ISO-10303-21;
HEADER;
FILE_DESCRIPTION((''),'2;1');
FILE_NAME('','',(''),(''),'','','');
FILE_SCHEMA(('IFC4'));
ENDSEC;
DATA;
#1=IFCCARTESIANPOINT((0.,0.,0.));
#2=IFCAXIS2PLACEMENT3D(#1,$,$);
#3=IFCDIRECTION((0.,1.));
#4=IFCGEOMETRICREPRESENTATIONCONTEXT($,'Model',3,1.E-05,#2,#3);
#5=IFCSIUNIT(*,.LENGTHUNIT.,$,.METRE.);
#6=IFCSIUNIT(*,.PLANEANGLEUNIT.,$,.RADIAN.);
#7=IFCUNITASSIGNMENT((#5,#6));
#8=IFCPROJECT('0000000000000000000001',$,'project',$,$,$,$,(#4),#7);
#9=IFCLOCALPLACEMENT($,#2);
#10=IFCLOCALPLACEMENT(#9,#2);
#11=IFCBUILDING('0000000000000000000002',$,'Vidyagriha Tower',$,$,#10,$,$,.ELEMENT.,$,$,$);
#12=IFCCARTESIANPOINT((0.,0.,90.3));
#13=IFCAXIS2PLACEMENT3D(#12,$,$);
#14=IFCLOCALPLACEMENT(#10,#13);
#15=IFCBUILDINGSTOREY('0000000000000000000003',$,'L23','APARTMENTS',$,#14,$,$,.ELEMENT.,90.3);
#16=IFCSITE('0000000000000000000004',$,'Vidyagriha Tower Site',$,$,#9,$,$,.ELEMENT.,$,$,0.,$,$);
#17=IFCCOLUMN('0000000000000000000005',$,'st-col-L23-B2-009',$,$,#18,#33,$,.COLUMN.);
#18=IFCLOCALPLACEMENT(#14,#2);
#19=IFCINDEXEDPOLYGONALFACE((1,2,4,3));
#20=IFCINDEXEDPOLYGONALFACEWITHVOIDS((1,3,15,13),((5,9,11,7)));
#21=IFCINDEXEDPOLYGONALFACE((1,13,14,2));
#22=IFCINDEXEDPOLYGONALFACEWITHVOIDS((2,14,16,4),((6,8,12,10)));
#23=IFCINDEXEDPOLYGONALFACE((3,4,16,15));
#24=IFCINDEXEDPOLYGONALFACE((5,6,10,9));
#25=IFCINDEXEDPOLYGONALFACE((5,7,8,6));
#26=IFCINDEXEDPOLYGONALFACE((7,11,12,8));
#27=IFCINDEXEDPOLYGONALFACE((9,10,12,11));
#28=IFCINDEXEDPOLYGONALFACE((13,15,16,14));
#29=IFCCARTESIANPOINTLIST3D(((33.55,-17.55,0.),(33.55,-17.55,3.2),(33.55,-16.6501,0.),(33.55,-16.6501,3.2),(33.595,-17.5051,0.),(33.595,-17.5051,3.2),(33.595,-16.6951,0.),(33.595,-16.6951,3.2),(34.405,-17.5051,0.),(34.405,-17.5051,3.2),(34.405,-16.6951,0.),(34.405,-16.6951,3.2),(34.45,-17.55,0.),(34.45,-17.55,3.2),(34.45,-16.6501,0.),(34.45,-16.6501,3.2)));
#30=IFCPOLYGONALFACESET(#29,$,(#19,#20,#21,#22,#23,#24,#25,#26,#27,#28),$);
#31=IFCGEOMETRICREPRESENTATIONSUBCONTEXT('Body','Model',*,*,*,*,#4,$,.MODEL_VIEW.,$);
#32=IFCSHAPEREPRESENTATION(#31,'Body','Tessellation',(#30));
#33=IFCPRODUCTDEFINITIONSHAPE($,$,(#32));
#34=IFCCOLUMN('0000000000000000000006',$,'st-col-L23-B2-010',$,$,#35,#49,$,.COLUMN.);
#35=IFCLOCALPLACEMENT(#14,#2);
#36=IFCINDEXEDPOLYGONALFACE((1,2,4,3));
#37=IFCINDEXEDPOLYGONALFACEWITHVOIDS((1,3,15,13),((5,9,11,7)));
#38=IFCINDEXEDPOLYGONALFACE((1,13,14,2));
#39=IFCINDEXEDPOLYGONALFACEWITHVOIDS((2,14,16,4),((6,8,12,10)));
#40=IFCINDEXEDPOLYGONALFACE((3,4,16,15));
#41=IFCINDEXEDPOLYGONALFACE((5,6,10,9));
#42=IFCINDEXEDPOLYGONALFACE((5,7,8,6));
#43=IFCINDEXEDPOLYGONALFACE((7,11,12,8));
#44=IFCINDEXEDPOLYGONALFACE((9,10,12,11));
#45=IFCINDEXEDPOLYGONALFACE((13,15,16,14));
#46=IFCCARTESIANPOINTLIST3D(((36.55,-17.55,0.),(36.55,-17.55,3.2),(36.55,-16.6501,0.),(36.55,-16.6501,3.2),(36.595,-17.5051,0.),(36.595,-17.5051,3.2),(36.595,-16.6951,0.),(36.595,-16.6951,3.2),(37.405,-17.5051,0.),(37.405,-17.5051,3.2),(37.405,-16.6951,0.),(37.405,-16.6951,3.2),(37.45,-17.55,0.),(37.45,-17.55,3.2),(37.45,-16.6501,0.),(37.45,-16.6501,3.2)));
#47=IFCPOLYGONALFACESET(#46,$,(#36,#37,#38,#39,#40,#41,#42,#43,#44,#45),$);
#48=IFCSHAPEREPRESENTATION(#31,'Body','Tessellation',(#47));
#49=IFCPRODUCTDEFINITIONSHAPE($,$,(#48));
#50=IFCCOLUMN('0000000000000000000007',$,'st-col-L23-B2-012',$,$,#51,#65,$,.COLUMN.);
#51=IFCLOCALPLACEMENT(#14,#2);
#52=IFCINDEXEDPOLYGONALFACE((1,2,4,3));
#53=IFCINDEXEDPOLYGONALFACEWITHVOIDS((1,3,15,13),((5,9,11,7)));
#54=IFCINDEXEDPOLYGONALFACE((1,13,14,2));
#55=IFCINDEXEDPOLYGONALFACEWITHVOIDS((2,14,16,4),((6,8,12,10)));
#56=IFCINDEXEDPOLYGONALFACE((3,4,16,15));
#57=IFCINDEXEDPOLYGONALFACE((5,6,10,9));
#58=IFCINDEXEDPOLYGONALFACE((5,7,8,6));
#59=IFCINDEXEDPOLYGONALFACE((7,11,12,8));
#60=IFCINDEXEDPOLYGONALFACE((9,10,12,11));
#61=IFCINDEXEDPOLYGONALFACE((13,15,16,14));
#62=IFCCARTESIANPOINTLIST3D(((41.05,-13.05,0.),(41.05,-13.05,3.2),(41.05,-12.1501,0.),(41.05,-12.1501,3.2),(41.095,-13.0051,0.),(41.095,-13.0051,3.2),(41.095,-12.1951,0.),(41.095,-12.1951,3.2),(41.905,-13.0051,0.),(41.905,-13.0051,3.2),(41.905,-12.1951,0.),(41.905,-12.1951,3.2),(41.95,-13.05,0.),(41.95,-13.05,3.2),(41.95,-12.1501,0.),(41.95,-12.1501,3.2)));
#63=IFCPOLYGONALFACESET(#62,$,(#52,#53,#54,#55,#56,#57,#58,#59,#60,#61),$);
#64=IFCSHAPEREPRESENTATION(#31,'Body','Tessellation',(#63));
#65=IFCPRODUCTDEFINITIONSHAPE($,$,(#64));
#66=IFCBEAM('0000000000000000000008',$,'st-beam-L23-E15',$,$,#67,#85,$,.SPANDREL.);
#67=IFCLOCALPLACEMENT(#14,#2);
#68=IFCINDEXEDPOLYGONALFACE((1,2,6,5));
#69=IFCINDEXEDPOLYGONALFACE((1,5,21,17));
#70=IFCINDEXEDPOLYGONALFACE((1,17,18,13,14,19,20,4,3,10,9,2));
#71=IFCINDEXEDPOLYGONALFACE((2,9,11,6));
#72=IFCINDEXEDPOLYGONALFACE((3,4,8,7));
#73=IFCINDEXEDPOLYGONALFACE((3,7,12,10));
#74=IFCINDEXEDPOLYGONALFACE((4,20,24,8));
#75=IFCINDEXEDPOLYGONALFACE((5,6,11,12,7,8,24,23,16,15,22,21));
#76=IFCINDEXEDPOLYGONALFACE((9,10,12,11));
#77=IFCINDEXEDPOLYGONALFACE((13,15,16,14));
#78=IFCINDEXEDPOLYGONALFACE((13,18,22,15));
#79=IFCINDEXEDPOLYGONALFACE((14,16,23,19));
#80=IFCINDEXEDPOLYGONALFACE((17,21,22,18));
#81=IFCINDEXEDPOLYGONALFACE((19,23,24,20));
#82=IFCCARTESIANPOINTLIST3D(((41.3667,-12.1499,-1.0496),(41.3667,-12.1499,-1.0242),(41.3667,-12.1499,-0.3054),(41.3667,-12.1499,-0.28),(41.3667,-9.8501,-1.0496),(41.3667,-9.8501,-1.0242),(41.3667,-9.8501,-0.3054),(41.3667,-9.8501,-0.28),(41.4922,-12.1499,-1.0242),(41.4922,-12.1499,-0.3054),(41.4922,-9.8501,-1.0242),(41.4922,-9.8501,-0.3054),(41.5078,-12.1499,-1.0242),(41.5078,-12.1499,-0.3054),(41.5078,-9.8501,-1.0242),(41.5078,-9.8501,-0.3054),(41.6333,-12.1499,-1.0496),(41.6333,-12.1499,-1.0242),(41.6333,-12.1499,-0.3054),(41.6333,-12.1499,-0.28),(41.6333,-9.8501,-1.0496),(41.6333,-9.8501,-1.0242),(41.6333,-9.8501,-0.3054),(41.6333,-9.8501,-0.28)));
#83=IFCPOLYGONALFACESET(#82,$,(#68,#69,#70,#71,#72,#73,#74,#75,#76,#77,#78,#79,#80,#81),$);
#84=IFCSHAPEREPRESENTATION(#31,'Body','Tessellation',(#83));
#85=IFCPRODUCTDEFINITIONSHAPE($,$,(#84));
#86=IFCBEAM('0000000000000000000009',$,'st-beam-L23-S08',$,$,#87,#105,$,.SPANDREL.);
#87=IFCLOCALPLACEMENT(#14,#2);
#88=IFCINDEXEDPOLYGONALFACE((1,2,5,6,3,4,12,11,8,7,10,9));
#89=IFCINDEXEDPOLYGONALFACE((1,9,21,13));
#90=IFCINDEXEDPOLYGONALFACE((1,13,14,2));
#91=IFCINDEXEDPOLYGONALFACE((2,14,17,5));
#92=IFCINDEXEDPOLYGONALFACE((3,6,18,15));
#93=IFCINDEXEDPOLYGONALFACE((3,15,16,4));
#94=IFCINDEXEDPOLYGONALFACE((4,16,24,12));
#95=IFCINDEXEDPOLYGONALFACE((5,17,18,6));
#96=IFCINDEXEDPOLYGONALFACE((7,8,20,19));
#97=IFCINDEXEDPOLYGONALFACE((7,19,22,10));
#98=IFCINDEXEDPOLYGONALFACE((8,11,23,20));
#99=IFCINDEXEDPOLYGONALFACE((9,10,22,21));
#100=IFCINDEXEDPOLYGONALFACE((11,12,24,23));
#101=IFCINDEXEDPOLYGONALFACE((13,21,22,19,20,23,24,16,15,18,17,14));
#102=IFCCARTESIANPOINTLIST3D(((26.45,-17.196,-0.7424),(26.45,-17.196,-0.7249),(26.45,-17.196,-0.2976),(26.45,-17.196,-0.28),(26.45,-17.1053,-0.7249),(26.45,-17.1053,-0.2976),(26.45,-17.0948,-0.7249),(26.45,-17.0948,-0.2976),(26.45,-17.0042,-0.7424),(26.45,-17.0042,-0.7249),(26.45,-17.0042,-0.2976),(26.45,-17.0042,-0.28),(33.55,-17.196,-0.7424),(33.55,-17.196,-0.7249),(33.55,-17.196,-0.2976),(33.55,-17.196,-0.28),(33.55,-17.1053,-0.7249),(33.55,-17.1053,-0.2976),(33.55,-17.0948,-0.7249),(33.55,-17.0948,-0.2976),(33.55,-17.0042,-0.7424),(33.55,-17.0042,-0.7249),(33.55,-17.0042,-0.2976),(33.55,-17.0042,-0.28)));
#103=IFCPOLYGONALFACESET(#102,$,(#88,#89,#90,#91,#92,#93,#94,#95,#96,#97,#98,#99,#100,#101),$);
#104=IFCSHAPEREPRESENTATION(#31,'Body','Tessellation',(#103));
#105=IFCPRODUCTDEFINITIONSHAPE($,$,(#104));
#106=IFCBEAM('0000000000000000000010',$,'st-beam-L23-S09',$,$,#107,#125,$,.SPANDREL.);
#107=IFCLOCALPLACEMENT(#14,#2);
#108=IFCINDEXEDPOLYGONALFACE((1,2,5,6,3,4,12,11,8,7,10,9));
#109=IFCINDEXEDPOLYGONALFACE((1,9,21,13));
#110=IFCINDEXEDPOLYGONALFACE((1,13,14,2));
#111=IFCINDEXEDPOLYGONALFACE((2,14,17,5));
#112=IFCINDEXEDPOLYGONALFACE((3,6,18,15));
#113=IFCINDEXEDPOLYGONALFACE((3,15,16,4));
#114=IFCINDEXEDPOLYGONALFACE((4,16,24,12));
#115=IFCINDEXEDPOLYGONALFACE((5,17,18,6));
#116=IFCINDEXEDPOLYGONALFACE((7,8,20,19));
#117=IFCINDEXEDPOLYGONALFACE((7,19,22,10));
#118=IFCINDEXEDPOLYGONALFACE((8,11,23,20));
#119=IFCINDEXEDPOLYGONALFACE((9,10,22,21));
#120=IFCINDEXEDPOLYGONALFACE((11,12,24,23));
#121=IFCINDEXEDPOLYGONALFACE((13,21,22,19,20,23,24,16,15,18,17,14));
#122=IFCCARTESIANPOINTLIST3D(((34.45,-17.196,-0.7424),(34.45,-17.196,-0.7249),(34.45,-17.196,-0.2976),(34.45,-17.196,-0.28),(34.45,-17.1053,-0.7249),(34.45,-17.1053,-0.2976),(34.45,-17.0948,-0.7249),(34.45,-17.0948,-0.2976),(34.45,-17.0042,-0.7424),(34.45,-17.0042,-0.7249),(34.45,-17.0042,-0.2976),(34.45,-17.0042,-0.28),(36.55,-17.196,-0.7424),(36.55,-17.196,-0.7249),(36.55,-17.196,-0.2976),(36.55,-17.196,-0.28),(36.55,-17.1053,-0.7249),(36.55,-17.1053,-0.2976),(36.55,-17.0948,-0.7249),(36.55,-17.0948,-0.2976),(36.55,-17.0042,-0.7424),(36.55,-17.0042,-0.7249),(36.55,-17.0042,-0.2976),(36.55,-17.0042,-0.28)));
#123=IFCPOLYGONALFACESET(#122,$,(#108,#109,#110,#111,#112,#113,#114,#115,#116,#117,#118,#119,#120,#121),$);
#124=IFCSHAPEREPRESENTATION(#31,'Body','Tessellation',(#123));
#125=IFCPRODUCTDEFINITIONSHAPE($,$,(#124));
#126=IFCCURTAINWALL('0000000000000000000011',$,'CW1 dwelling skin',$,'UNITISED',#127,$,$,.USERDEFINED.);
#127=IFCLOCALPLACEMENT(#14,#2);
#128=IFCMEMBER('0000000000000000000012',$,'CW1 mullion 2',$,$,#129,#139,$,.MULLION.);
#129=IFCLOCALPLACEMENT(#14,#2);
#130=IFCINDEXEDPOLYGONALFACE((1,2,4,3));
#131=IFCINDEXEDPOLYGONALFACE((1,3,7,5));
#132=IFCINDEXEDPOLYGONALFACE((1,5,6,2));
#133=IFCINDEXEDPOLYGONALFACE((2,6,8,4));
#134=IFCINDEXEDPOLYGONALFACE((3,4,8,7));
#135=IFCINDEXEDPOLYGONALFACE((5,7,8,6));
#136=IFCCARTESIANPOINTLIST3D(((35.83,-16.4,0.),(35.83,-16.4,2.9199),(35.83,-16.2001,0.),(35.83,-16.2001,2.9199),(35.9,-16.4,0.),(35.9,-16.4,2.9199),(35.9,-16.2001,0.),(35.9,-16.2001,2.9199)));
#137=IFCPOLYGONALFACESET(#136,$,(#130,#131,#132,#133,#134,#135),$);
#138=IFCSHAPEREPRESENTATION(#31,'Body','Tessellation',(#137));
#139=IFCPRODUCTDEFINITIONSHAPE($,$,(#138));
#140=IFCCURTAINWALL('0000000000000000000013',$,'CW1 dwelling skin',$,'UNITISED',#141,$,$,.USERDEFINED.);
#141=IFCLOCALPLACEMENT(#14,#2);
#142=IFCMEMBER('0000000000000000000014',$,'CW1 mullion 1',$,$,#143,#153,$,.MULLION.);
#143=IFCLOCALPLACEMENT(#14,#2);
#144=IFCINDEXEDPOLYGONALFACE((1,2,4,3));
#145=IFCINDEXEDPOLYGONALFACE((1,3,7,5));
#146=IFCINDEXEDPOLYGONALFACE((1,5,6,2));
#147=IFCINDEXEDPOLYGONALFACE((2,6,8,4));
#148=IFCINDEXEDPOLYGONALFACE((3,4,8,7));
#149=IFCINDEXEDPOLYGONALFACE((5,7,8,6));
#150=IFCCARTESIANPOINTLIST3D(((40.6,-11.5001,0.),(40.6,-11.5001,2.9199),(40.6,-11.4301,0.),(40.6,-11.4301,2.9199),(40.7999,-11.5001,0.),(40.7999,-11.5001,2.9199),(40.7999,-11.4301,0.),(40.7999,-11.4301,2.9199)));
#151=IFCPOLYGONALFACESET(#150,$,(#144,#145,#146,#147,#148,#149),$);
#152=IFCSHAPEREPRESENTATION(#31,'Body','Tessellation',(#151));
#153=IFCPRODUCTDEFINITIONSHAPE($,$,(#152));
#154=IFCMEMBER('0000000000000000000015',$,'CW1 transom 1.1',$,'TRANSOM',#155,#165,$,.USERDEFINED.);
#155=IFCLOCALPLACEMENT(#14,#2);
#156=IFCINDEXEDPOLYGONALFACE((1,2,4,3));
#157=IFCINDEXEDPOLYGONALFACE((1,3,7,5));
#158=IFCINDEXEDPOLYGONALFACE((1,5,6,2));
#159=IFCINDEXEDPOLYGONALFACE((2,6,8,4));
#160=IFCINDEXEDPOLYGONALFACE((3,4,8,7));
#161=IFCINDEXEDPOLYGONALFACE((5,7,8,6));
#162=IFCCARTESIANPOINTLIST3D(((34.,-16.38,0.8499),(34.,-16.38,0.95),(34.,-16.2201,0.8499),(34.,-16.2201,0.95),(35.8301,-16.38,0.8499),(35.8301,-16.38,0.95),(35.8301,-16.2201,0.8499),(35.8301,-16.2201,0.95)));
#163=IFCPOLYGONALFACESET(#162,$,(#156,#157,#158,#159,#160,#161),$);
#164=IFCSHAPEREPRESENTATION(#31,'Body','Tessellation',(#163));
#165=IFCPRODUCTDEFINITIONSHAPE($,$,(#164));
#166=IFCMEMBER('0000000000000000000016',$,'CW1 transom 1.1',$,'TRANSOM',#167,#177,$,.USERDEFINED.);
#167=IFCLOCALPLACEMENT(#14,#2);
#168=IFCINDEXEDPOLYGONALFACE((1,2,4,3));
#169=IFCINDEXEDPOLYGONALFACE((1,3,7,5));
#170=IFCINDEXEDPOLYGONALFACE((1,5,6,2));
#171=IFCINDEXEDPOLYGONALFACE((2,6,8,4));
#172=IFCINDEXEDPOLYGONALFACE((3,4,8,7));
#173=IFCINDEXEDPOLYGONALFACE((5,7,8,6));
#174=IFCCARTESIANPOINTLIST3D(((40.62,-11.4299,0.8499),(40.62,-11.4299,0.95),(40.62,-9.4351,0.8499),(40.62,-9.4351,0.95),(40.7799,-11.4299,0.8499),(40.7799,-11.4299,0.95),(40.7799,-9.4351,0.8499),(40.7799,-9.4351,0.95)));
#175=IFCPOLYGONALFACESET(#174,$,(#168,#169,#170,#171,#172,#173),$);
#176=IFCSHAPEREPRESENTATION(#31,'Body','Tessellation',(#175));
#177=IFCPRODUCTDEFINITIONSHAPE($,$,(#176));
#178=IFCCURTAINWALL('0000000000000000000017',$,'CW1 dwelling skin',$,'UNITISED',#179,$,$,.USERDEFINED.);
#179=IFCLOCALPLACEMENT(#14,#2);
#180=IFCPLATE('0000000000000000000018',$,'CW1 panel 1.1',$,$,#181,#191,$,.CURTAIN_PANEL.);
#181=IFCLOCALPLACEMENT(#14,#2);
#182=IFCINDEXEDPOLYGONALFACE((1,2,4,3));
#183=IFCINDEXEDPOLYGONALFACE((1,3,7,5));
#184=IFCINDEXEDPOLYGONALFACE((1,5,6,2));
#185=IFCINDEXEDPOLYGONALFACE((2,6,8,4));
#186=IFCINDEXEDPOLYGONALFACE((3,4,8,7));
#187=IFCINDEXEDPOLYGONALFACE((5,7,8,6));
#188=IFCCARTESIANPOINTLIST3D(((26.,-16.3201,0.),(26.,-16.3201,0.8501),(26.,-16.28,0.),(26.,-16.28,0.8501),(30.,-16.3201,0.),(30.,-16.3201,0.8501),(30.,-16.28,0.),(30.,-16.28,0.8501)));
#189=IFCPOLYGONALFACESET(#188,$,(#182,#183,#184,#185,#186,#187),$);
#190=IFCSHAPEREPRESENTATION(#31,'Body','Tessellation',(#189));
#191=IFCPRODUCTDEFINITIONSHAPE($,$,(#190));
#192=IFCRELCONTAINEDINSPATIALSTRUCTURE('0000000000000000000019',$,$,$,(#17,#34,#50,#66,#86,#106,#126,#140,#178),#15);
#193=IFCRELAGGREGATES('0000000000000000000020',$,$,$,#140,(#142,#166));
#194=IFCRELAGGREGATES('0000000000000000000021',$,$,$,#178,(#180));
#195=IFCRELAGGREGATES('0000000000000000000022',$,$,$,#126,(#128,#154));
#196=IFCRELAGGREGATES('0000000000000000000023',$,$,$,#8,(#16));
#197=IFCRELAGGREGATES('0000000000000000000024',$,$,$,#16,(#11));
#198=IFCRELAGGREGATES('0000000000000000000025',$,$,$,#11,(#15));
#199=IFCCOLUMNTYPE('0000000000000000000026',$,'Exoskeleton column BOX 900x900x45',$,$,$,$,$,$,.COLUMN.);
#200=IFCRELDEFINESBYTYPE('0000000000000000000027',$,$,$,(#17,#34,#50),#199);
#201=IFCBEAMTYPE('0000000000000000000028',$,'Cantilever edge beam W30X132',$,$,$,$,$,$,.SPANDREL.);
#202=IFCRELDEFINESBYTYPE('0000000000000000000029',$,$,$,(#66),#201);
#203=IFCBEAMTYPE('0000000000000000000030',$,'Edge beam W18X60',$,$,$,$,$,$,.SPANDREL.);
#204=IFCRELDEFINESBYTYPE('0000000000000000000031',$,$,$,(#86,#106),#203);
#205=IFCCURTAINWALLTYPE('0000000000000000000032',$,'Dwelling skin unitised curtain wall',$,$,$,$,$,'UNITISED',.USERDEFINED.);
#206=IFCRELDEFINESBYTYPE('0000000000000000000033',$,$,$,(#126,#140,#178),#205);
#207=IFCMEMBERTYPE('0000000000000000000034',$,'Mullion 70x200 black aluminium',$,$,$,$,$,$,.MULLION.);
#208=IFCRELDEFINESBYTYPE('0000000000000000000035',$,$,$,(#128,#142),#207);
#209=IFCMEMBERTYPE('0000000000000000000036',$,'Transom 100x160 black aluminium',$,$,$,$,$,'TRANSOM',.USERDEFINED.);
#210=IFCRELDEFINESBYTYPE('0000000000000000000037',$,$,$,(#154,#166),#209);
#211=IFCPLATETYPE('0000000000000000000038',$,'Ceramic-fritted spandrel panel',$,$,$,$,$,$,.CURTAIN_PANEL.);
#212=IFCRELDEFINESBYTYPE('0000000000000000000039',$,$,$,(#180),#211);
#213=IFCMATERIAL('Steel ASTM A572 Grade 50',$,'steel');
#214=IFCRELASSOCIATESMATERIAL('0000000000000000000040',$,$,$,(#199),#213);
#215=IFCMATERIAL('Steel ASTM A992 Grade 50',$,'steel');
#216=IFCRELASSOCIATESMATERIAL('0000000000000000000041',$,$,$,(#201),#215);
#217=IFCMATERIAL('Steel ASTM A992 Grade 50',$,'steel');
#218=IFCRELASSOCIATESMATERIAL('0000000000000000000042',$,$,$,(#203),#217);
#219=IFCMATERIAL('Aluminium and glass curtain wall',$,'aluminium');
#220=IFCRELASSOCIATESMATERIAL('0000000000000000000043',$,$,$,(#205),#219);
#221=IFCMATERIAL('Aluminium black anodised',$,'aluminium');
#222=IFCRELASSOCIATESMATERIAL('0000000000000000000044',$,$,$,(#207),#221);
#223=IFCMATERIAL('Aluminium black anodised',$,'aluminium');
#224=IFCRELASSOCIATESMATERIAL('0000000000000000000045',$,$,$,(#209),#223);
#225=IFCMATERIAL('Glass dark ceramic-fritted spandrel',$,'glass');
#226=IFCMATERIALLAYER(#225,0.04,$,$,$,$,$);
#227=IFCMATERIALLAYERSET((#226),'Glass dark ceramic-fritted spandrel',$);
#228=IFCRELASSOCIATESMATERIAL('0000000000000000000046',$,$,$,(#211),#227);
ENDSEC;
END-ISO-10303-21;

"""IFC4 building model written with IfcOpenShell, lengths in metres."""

from ifc_helpers import new_model, si_unit, direction, frame, origin, origin_2d, place, context, subcontext, project, spatial, rectangle, hollow_rectangle, i_section, extrude, material, layer, layer_set, material_profile, profile_set, type_object, element, aggregate, save


model = new_model("IFC4")

# Units and contexts
model_context = context("Model", 3, precision=1e-05, world=origin(), true_north=direction((0.0, 1.0)))
body_context = subcontext(model_context, "Body", "Model", "MODEL_VIEW")
ifc_project = project(units=[si_unit("LENGTHUNIT", "METRE"), si_unit("PLANEANGLEUNIT", "RADIAN")], contexts=[model_context])

# Site, building, storey
site_placement = place(None, origin())
site = spatial("IfcSite", under=ifc_project, at=site_placement, Name="Vidyagriha Tower Site", CompositionType="ELEMENT", RefElevation=0.0)
building_placement = place(site_placement, origin())
building = spatial("IfcBuilding", under=site, at=building_placement, Name="Vidyagriha Tower", CompositionType="ELEMENT")
storey_placement = place(building_placement, frame((0.0, 0.0, 90.3)))
storey = spatial("IfcBuildingStorey", under=building, at=storey_placement, Name="L23", Description="APARTMENTS", CompositionType="ELEMENT", Elevation=90.3)

# Columns
ifc_material_1 = material(Name="Steel ASTM A572 Grade 50", Category="steel")
ifc_material_profile_1 = material_profile(ifc_material_1, hollow_rectangle(XDim=0.8999, YDim=0.8999, WallThickness=0.0449, at=origin_2d()), Name="BOX 900x900x45")
ifc_profile_set_1 = profile_set([ifc_material_profile_1], Name="Steel ASTM A572 Grade 50")
column_type = type_object("IfcColumnType", Name="Exoskeleton column BOX 900x900x45", PredefinedType="COLUMN", material=ifc_profile_set_1)
for number, where, name in (
    (1, (34.0, -17.1001, 0.0), "st-col-L23-B2-009"),
    (2, (37.0, -17.1001, 0.0), "st-col-L23-B2-010"),
    (3, (41.5, -12.6001, 0.0), "st-col-L23-B2-012"),
):
    element("IfcColumn", number, at=place(storey_placement, frame(where)), inside=storey, type_object=column_type, Name=name, PredefinedType="COLUMN", context=body_context, shape_type="SweptSolid", body=[
        extrude(hollow_rectangle(XDim=0.8999, YDim=0.8999, WallThickness=0.0449, at=origin_2d()), origin(), (0.0, 0.0, 1.0), 3.2),
    ])

# Beams
ifc_material_2 = material(Name="Steel ASTM A992 Grade 50", Category="steel")
ifc_material_profile_2 = material_profile(ifc_material_2, i_section(OverallWidth=0.2666, OverallDepth=0.7695, WebThickness=0.0156, FlangeThickness=0.0254, at=origin_2d()), Name="W30X132")
ifc_profile_set_2 = profile_set([ifc_material_profile_2], Name="Steel ASTM A992 Grade 50")
beam_type_1 = type_object("IfcBeamType", Name="Cantilever edge beam W30X132", PredefinedType="SPANDREL", material=ifc_profile_set_2)
beam_1_placement = place(storey_placement, frame((41.5, -12.1499, -0.6648), z_axis=(0.0, 1.0, 0.0), x_axis=(-1.0, 0.0, 0.0)))
element("IfcBeam", 4, at=beam_1_placement, inside=storey, type_object=beam_type_1, Name="st-beam-L23-E15", PredefinedType="SPANDREL", context=body_context, shape_type="SweptSolid", body=[
    extrude(i_section(OverallWidth=0.2666, OverallDepth=0.7695, WebThickness=0.0156, FlangeThickness=0.0254, at=origin_2d()), origin(), (0.0, 0.0, 1.0), 2.2998),
])
ifc_material_3 = material(Name="Steel ASTM A992 Grade 50", Category="steel")
ifc_material_profile_3 = material_profile(ifc_material_3, i_section(OverallWidth=0.1919, OverallDepth=0.4624, WebThickness=0.0105, FlangeThickness=0.0176, at=origin_2d()), Name="W18X60")
ifc_profile_set_3 = profile_set([ifc_material_profile_3], Name="Steel ASTM A992 Grade 50")
beam_type_2 = type_object("IfcBeamType", Name="Edge beam W18X60", PredefinedType="SPANDREL", material=ifc_profile_set_3)
beam_2_placement = place(storey_placement, frame((26.45, -17.1001, -0.5112), z_axis=(1.0, 0.0, 0.0), x_axis=(0.0, 1.0, 0.0)))
element("IfcBeam", 5, at=beam_2_placement, inside=storey, type_object=beam_type_2, Name="st-beam-L23-S08", PredefinedType="SPANDREL", context=body_context, shape_type="SweptSolid", body=[
    extrude(i_section(OverallWidth=0.1919, OverallDepth=0.4624, WebThickness=0.0105, FlangeThickness=0.0176, at=origin_2d()), origin(), (0.0, 0.0, 1.0), 7.1001),
])
beam_3_placement = place(storey_placement, frame((34.45, -17.1001, -0.5112), z_axis=(1.0, 0.0, 0.0), x_axis=(0.0, 1.0, 0.0)))
element("IfcBeam", 6, at=beam_3_placement, inside=storey, type_object=beam_type_2, Name="st-beam-L23-S09", PredefinedType="SPANDREL", context=body_context, shape_type="SweptSolid", body=[
    extrude(i_section(OverallWidth=0.1919, OverallDepth=0.4624, WebThickness=0.0105, FlangeThickness=0.0176, at=origin_2d()), origin(), (0.0, 0.0, 1.0), 2.1001),
])

# Curtain walls, members
ifc_material_4 = material(Name="Aluminium and glass curtain wall", Category="aluminium")
curtain_wall_type = type_object("IfcCurtainWallType", Name="Dwelling skin unitised curtain wall", ElementType="UNITISED", PredefinedType="USERDEFINED", material=ifc_material_4)
curtain_wall_1_placement = place(storey_placement, origin())
curtain_wall_1 = element("IfcCurtainWall", 7, at=curtain_wall_1_placement, inside=storey, type_object=curtain_wall_type, Name="CW1 dwelling skin", ObjectType="UNITISED", PredefinedType="USERDEFINED")
ifc_material_5 = material(Name="Aluminium black anodised", Category="aluminium")
ifc_material_profile_4 = material_profile(ifc_material_5, rectangle(XDim=0.2, YDim=0.0701, at=origin_2d()), Name="Mullion 70x200 black aluminium")
ifc_profile_set_4 = profile_set([ifc_material_profile_4], Name="Aluminium black anodised")
member_type_1 = type_object("IfcMemberType", Name="Mullion 70x200 black aluminium", PredefinedType="MULLION", material=ifc_profile_set_4)
member_1_placement = place(storey_placement, frame((35.865, -16.3, 0.0), z_axis=(0.0, 0.0, 1.0), x_axis=(0.0, 1.0, 0.0)))
member_1 = element("IfcMember", 8, at=member_1_placement, type_object=member_type_1, Name="CW1 mullion 2", PredefinedType="MULLION", context=body_context, shape_type="SweptSolid", body=[
    extrude(rectangle(XDim=0.2, YDim=0.0701, at=origin_2d()), origin(), (0.0, 0.0, 1.0), 2.9199),
])
curtain_wall_2_placement = place(storey_placement, origin())
curtain_wall_2 = element("IfcCurtainWall", 9, at=curtain_wall_2_placement, inside=storey, type_object=curtain_wall_type, Name="CW1 dwelling skin", ObjectType="UNITISED", PredefinedType="USERDEFINED")
member_2_placement = place(storey_placement, frame((40.7, -11.4651, 0.0), z_axis=(0.0, 0.0, 1.0), x_axis=(-1.0, 0.0, 0.0)))
member_2 = element("IfcMember", 10, at=member_2_placement, type_object=member_type_1, Name="CW1 mullion 1", PredefinedType="MULLION", context=body_context, shape_type="SweptSolid", body=[
    extrude(rectangle(XDim=0.2, YDim=0.0701, at=origin_2d()), origin(), (0.0, 0.0, 1.0), 2.9199),
])

# Members
ifc_material_6 = material(Name="Aluminium black anodised", Category="aluminium")
ifc_material_profile_5 = material_profile(ifc_material_6, rectangle(XDim=0.1599, YDim=0.1001, at=origin_2d()), Name="Transom 100x160 black aluminium")
ifc_profile_set_5 = profile_set([ifc_material_profile_5], Name="Aluminium black anodised")
member_type_2 = type_object("IfcMemberType", Name="Transom 100x160 black aluminium", ElementType="TRANSOM", PredefinedType="USERDEFINED", material=ifc_profile_set_5)
member_3_placement = place(storey_placement, frame((34.0, -16.3, 0.8999), z_axis=(1.0, 0.0, 0.0), x_axis=(0.0, 1.0, 0.0)))
member_3 = element("IfcMember", 11, at=member_3_placement, type_object=member_type_2, Name="CW1 transom 1.1", ObjectType="TRANSOM", PredefinedType="USERDEFINED", context=body_context, shape_type="SweptSolid", body=[
    extrude(rectangle(XDim=0.1599, YDim=0.1001, at=origin_2d()), origin(), (0.0, 0.0, 1.0), 1.8301),
])
member_4_placement = place(storey_placement, frame((40.7, -11.4299, 0.8999), z_axis=(0.0, 1.0, 0.0), x_axis=(-1.0, 0.0, 0.0)))
member_4 = element("IfcMember", 12, at=member_4_placement, type_object=member_type_2, Name="CW1 transom 1.1", ObjectType="TRANSOM", PredefinedType="USERDEFINED", context=body_context, shape_type="SweptSolid", body=[
    extrude(rectangle(XDim=0.1599, YDim=0.1001, at=origin_2d()), origin(), (0.0, 0.0, 1.0), 1.9949),
])
aggregate(curtain_wall_2, [member_2, member_4])

# Curtain wall, plate
curtain_wall_3_placement = place(storey_placement, origin())
curtain_wall_3 = element("IfcCurtainWall", 13, at=curtain_wall_3_placement, inside=storey, type_object=curtain_wall_type, Name="CW1 dwelling skin", ObjectType="UNITISED", PredefinedType="USERDEFINED")
ifc_material_7 = material(Name="Glass dark ceramic-fritted spandrel", Category="glass")
ifc_layer_1 = layer(ifc_material_7, 0.04)
ifc_layer_set_1 = layer_set([ifc_layer_1], Name="Glass dark ceramic-fritted spandrel")
plate_type_1 = type_object("IfcPlateType", Name="Ceramic-fritted spandrel panel", PredefinedType="CURTAIN_PANEL", material=ifc_layer_set_1)
plate_1_placement = place(storey_placement, frame((28.0, -16.3, 0.0)))
plate_1 = element("IfcPlate", 14, at=plate_1_placement, type_object=plate_type_1, Name="CW1 panel 1.1", PredefinedType="CURTAIN_PANEL", context=body_context, shape_type="SweptSolid", body=[
    extrude(rectangle(XDim=4.0, YDim=0.04, at=origin_2d()), origin(), (0.0, 0.0, 1.0), 0.8501),
])
aggregate(curtain_wall_3, [plate_1])

aggregate(curtain_wall_1, [member_1, member_3])

save(model, "model.ifc")
